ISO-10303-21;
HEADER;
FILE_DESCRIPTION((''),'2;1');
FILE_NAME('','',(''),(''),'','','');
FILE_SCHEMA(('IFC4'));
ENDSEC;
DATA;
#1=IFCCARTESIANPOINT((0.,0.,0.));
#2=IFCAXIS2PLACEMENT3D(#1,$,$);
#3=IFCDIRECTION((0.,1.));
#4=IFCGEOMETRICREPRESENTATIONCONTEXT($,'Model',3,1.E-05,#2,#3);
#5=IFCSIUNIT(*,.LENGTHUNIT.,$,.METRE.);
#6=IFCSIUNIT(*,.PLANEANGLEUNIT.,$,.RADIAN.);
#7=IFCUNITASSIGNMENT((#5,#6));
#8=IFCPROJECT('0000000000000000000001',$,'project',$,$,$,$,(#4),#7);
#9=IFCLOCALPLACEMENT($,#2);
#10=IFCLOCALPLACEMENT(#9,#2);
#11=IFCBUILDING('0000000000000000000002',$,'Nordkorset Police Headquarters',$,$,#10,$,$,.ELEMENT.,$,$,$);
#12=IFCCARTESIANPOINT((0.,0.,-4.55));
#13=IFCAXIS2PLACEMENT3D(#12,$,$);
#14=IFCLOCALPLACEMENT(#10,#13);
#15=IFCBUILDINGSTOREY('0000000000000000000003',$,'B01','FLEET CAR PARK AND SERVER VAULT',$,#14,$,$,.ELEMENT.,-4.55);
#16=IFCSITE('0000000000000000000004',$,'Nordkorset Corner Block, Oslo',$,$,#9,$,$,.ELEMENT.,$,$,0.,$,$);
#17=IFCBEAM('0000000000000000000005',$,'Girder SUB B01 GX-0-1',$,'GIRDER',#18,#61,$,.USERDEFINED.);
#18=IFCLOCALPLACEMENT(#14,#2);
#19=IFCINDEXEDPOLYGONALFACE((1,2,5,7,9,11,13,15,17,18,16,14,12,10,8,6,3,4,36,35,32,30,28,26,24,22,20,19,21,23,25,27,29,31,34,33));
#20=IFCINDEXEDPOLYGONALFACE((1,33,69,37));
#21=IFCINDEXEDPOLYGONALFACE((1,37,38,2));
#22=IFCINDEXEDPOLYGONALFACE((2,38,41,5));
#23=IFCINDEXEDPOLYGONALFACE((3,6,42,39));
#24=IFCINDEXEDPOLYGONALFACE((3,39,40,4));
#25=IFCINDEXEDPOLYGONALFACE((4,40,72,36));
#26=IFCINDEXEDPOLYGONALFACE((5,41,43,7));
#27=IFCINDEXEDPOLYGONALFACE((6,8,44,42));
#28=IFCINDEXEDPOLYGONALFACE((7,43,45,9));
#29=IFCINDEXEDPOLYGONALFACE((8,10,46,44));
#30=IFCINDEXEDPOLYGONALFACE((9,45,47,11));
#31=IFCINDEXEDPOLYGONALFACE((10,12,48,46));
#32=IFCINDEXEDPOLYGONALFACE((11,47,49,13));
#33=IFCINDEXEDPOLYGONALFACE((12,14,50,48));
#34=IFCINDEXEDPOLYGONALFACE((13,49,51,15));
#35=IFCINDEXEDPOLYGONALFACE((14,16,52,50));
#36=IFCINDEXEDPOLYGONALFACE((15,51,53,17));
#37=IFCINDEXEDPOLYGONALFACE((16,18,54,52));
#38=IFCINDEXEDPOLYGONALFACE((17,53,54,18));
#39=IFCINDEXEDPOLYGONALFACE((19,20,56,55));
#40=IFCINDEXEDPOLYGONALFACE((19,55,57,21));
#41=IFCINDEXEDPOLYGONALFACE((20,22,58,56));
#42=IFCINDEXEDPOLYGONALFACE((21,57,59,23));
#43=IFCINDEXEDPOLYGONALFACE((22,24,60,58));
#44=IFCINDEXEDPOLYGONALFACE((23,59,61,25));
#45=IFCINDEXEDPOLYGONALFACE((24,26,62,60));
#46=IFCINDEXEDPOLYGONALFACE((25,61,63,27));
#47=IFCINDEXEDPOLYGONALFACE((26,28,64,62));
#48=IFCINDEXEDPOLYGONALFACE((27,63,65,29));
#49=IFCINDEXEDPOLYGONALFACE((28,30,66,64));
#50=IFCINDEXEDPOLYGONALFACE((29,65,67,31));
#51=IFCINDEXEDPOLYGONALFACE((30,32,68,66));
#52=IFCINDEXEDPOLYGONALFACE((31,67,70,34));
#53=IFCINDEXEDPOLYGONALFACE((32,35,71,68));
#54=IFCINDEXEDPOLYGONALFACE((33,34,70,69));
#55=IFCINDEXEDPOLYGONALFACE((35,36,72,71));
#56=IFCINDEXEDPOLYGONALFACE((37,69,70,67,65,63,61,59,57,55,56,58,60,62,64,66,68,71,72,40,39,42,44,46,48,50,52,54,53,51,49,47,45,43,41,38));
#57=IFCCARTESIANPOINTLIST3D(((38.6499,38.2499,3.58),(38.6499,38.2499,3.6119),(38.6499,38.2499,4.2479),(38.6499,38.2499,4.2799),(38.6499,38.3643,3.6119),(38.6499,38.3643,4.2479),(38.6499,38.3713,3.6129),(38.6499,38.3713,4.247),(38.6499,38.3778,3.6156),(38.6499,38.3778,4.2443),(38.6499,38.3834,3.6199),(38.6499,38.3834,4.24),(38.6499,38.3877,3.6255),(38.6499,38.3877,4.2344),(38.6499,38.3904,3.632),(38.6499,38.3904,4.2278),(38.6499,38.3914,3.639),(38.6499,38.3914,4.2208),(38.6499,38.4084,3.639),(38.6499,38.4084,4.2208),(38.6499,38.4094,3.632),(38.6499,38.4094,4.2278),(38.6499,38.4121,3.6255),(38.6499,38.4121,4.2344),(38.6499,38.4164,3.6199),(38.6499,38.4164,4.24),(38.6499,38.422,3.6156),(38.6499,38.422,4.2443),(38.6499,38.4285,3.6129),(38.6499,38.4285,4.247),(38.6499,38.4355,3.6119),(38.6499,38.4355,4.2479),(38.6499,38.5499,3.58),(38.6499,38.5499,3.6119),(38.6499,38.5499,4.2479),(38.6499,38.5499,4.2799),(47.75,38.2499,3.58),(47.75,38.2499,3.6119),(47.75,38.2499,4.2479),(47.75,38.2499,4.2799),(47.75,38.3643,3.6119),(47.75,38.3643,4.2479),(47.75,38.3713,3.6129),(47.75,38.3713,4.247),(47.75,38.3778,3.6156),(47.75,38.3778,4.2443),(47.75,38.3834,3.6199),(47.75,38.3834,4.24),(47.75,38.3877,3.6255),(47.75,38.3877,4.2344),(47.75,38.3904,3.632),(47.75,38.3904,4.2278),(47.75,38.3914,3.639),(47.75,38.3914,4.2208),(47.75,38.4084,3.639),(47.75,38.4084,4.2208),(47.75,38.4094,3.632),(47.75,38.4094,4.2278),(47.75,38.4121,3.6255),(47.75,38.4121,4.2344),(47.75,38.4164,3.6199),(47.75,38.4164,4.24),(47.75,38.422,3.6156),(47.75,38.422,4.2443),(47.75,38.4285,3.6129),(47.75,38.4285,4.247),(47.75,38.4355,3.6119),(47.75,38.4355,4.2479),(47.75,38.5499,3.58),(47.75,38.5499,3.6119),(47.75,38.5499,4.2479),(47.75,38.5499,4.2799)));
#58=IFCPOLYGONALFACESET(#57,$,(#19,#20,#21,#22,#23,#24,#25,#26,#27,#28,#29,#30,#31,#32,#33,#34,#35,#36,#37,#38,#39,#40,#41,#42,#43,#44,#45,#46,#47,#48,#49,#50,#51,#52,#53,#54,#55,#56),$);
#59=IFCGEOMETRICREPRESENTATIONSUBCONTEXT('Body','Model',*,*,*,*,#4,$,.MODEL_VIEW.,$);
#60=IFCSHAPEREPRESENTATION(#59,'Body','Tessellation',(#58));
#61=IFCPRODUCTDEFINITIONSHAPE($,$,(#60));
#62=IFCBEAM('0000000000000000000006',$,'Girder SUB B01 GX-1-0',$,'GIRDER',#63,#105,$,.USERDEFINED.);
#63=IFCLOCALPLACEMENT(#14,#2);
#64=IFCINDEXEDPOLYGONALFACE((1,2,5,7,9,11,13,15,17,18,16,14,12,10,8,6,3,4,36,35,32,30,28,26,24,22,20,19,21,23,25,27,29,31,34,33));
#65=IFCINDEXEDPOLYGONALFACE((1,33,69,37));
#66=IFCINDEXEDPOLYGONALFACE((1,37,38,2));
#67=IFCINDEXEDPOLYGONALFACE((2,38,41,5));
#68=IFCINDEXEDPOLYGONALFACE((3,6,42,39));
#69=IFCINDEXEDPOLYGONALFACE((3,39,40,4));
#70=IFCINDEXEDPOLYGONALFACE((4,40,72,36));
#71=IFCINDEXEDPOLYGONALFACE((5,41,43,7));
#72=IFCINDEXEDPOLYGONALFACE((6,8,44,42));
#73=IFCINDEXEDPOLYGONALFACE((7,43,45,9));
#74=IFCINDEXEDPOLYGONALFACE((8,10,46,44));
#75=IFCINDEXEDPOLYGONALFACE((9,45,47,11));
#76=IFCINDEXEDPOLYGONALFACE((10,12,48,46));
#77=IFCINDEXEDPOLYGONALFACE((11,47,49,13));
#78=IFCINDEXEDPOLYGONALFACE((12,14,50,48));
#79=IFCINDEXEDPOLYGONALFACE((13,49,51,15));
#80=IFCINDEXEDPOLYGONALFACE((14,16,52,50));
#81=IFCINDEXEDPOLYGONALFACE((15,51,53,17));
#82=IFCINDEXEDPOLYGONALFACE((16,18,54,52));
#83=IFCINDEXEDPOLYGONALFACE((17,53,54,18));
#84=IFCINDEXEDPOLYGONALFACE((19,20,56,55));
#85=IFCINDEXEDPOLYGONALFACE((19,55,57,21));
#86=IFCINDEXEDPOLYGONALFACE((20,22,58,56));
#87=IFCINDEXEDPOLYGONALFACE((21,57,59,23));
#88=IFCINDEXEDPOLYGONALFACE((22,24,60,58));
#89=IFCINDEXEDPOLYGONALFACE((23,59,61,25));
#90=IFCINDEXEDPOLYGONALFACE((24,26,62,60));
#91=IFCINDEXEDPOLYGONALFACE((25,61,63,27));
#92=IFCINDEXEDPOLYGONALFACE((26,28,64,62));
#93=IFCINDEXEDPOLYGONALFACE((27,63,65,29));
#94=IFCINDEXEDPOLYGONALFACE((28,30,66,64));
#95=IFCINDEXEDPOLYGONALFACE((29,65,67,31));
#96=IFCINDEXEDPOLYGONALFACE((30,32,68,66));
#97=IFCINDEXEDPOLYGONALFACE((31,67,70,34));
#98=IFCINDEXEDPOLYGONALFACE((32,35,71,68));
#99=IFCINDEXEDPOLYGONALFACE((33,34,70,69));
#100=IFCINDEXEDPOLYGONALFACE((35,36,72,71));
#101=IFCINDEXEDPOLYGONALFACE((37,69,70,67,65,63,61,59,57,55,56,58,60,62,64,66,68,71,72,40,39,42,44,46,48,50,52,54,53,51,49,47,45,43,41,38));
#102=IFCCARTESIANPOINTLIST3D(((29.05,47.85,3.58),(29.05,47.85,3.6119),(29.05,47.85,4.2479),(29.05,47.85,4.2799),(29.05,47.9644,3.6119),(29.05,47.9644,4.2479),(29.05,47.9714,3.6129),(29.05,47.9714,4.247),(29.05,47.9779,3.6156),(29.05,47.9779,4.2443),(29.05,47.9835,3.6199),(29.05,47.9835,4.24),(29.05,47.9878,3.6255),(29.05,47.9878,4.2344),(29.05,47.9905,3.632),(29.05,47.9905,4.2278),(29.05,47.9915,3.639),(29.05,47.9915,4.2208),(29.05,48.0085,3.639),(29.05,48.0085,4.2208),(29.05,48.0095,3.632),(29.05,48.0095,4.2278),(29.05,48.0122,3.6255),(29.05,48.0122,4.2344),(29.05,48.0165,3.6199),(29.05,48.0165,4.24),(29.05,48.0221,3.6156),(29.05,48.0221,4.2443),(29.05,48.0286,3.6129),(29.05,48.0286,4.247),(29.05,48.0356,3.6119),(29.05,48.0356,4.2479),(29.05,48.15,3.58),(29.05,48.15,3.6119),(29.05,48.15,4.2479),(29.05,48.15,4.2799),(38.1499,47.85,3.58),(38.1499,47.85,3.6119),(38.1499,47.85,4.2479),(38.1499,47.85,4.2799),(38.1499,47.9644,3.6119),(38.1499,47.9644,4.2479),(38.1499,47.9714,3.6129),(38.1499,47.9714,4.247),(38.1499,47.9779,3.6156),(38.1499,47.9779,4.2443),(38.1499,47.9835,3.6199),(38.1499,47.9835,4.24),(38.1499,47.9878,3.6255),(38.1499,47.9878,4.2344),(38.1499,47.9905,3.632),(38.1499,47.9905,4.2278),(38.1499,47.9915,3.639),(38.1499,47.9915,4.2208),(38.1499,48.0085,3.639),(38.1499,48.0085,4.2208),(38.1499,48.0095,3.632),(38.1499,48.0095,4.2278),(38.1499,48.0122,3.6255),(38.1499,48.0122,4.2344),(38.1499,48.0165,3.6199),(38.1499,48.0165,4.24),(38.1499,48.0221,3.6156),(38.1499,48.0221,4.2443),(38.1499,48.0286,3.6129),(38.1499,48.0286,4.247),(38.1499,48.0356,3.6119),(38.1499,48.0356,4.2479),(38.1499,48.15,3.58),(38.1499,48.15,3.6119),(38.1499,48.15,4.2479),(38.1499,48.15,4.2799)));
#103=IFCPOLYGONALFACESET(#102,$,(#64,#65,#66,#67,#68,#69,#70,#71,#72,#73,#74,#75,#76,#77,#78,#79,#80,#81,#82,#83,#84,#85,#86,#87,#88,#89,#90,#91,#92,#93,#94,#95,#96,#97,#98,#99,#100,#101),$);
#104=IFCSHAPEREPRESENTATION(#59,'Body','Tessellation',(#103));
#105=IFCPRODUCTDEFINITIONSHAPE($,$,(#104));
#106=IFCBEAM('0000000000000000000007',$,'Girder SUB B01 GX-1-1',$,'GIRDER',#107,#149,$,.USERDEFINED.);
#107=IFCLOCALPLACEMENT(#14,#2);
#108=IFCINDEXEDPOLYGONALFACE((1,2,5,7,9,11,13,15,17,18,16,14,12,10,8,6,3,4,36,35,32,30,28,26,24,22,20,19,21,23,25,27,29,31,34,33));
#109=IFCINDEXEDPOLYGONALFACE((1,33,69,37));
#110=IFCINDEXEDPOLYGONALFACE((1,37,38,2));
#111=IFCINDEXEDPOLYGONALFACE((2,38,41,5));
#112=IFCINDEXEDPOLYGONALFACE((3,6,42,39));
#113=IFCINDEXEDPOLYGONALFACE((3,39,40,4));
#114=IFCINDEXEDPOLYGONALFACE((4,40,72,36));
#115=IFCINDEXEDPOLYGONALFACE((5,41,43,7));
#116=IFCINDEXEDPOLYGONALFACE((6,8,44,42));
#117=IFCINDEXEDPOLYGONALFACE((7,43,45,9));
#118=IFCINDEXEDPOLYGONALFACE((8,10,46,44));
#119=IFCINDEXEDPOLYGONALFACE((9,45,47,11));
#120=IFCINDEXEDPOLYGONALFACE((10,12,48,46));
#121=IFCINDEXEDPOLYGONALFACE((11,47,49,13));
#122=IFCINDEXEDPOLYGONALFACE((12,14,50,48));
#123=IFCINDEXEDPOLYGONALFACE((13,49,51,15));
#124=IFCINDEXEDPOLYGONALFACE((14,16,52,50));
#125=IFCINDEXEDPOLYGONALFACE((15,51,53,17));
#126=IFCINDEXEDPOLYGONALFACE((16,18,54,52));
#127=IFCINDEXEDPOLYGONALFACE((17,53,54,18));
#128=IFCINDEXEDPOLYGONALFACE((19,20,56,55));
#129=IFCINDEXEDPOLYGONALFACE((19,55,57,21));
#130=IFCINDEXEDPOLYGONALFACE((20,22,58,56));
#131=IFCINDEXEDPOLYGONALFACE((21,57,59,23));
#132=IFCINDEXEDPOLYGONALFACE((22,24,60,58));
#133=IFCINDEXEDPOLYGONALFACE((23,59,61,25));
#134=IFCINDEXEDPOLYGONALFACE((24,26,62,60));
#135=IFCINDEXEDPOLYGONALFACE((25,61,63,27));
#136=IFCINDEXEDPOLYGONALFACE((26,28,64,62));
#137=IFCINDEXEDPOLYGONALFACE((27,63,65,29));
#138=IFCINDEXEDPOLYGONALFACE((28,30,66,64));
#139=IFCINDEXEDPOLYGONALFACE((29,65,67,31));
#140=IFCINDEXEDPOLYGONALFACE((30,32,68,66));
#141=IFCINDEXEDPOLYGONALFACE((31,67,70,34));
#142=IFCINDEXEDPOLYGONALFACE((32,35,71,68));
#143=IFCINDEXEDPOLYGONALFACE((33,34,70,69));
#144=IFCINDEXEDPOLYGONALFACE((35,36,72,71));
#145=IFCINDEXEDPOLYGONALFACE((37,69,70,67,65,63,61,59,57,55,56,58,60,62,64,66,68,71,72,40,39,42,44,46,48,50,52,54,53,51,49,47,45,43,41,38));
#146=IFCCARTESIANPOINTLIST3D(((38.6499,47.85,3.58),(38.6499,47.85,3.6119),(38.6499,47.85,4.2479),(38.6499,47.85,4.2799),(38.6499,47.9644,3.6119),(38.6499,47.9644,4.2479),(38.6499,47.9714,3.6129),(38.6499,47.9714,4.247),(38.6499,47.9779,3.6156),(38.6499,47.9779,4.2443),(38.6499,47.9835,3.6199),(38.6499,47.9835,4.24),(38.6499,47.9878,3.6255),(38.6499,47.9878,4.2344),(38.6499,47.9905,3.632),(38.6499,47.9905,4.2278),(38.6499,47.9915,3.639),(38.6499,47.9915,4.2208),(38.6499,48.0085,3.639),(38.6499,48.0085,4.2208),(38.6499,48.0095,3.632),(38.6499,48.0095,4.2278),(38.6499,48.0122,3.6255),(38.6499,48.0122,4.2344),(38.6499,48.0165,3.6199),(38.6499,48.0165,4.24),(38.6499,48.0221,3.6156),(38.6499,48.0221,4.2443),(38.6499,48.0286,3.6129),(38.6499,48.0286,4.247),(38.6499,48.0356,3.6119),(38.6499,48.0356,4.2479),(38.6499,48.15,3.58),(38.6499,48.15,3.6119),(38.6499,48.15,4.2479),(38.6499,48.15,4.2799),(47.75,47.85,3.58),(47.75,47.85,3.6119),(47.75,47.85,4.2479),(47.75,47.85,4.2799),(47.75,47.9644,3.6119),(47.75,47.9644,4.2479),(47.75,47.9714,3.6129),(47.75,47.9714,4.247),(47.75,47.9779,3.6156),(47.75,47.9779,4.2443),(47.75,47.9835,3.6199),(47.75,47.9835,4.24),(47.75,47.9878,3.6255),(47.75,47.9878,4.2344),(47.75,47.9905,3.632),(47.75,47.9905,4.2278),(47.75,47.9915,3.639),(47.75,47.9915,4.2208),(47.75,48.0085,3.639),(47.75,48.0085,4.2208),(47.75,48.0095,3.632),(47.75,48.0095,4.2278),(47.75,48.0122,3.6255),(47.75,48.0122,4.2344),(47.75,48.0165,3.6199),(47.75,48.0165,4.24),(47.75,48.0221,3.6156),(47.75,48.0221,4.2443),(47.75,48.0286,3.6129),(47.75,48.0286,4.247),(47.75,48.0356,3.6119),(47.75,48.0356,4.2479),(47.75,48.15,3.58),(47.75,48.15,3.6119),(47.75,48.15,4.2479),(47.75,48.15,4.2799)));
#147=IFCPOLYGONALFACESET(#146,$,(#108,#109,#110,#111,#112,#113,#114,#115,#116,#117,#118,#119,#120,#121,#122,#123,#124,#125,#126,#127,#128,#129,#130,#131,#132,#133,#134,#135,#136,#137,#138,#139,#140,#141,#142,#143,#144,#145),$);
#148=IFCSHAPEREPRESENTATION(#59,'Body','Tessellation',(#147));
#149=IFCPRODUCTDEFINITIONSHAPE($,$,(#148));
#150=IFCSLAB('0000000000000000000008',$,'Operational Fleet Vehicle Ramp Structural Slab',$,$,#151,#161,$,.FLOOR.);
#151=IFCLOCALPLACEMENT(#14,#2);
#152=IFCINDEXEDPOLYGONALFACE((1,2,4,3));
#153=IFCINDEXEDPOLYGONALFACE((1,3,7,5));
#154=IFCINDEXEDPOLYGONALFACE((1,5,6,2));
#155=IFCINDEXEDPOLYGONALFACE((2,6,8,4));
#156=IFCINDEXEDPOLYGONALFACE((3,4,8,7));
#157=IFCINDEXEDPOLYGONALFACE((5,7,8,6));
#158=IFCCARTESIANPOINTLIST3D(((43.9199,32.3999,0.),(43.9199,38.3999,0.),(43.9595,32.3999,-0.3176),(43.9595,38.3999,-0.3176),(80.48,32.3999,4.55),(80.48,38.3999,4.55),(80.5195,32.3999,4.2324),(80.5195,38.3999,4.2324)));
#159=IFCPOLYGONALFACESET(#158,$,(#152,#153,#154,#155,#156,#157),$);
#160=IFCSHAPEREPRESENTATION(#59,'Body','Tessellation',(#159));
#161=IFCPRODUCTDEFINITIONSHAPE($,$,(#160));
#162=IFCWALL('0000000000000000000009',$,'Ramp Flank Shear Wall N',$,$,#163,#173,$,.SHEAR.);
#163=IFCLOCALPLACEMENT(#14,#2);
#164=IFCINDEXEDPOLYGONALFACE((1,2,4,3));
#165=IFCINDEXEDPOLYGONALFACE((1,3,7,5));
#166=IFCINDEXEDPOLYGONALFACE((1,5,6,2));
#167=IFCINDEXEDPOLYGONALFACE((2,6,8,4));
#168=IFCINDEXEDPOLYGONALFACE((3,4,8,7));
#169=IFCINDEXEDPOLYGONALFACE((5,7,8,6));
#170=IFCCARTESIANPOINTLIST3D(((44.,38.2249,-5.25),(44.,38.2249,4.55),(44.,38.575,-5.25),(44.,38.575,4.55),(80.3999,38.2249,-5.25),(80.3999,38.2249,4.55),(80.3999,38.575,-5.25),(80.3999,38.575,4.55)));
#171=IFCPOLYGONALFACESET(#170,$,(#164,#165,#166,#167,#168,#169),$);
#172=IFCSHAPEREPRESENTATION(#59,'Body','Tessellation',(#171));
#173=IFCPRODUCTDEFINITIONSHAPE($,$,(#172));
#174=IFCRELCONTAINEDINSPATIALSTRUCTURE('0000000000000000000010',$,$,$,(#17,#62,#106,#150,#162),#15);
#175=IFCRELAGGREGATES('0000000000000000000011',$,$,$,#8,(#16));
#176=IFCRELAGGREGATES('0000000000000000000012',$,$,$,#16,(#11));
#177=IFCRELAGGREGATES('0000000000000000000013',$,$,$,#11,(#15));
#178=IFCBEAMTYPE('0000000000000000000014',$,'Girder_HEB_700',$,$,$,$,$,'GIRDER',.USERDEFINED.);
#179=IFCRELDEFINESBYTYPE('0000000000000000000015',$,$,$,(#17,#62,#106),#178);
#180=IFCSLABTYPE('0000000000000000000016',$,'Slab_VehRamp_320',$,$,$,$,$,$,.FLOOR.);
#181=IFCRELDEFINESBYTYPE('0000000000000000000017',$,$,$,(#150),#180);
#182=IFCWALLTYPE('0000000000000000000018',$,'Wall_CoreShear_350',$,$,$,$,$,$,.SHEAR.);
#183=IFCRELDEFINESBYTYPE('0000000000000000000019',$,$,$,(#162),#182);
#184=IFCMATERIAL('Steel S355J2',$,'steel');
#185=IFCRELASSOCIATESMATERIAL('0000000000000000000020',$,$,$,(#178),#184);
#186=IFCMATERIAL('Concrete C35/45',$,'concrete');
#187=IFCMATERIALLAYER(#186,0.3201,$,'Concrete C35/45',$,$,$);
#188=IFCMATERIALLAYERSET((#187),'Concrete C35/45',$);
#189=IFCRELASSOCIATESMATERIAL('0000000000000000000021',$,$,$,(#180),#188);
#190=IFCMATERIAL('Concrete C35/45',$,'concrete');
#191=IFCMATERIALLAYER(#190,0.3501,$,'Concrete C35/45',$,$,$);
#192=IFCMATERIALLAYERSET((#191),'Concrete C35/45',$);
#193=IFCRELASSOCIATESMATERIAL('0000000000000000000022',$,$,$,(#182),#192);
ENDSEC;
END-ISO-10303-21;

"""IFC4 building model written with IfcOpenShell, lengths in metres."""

from ifc_helpers import new_model, si_unit, direction, frame, frame_2d, origin, origin_2d, place, context, subcontext, project, spatial, polyline, rectangle, i_section, outline, extrude, material, layer, layer_set, material_profile, profile_set, type_object, element, save


model = new_model("IFC4")

# Units and contexts
model_context = context("Model", 3, precision=1e-05, world=origin(), true_north=direction((0.0, 1.0)))
body_context = subcontext(model_context, "Body", "Model", "MODEL_VIEW")
ifc_project = project(units=[si_unit("LENGTHUNIT", "METRE"), si_unit("PLANEANGLEUNIT", "RADIAN")], contexts=[model_context])

# Site, building, storey
site_placement = place(None, origin())
site = spatial("IfcSite", under=ifc_project, at=site_placement, Name="Nordkorset Corner Block, Oslo", CompositionType="ELEMENT", RefElevation=0.0)
building_placement = place(site_placement, origin())
building = spatial("IfcBuilding", under=site, at=building_placement, Name="Nordkorset Police Headquarters", CompositionType="ELEMENT")
storey_placement = place(building_placement, frame((0.0, 0.0, -4.55)))
storey = spatial("IfcBuildingStorey", under=building, at=storey_placement, Name="B01", Description="FLEET CAR PARK AND SERVER VAULT", CompositionType="ELEMENT", Elevation=-4.55)

# Beams
ifc_material_1 = material(Name="Steel S355J2", Category="steel")
ifc_material_profile_1 = material_profile(ifc_material_1, i_section(OverallWidth=0.3, OverallDepth=0.7, WebThickness=0.0171, FlangeThickness=0.032, FilletRadius=0.0271, at=origin_2d()), Name="HEB 700")
ifc_profile_set_1 = profile_set([ifc_material_profile_1], Name="Steel S355J2")
beam_type_1 = type_object("IfcBeamType", Name="Girder_HEB_700", ElementType="GIRDER", PredefinedType="USERDEFINED", material=ifc_profile_set_1)
beam_1_placement = place(storey_placement, frame((38.6499, 38.3999, 3.9299), z_axis=(1.0, 0.0, 0.0), x_axis=(0.0, 1.0, 0.0)))
element("IfcBeam", 1, at=beam_1_placement, inside=storey, type_object=beam_type_1, Name="Girder SUB B01 GX-0-1", ObjectType="GIRDER", PredefinedType="USERDEFINED", context=body_context, shape_type="SweptSolid", body=[
    extrude(i_section(OverallWidth=0.3, OverallDepth=0.7, WebThickness=0.0171, FlangeThickness=0.032, FilletRadius=0.0271, at=origin_2d()), origin(), (0.0, 0.0, 1.0), 9.1001),
])
beam_2_placement = place(storey_placement, frame((29.05, 48.0, 3.9299), z_axis=(1.0, 0.0, 0.0), x_axis=(0.0, 1.0, 0.0)))
element("IfcBeam", 2, at=beam_2_placement, inside=storey, type_object=beam_type_1, Name="Girder SUB B01 GX-1-0", ObjectType="GIRDER", PredefinedType="USERDEFINED", context=body_context, shape_type="SweptSolid", body=[
    extrude(i_section(OverallWidth=0.3, OverallDepth=0.7, WebThickness=0.0171, FlangeThickness=0.032, FilletRadius=0.0271, at=origin_2d()), origin(), (0.0, 0.0, 1.0), 9.0999),
])
beam_3_placement = place(storey_placement, frame((38.6499, 48.0, 3.9299), z_axis=(1.0, 0.0, 0.0), x_axis=(0.0, 1.0, 0.0)))
element("IfcBeam", 3, at=beam_3_placement, inside=storey, type_object=beam_type_1, Name="Girder SUB B01 GX-1-1", ObjectType="GIRDER", PredefinedType="USERDEFINED", context=body_context, shape_type="SweptSolid", body=[
    extrude(i_section(OverallWidth=0.3, OverallDepth=0.7, WebThickness=0.0171, FlangeThickness=0.032, FilletRadius=0.0271, at=origin_2d()), origin(), (0.0, 0.0, 1.0), 9.1001),
])

# Slab
ifc_material_2 = material(Name="Concrete C35/45", Category="concrete")
ifc_layer_1 = layer(ifc_material_2, 0.3201, Name="Concrete C35/45")
ifc_layer_set_1 = layer_set([ifc_layer_1], Name="Concrete C35/45")
slab_type = type_object("IfcSlabType", Name="Slab_VehRamp_320", PredefinedType="FLOOR", material=ifc_layer_set_1)
slab_placement = place(storey_placement, frame((43.9199, 32.3999, 0.0), z_axis=(-0.123501, 0.0, 0.992344), x_axis=(0.992344, 0.0, 0.123501)))
element("IfcSlab", 4, at=slab_placement, inside=storey, type_object=slab_type, Name="Operational Fleet Vehicle Ramp Structural Slab", PredefinedType="FLOOR", context=body_context, shape_type="SweptSolid", body=[
    extrude(outline(polyline([(0.0, 0.0), (36.8421, 0.0), (36.8421, 6.0), (0.0, 6.0), (0.0, 0.0)])), origin(), (0.0, 0.0, -1.0), 0.3201),
])

# Wall
ifc_material_3 = material(Name="Concrete C35/45", Category="concrete")
ifc_layer_2 = layer(ifc_material_3, 0.3501, Name="Concrete C35/45")
ifc_layer_set_2 = layer_set([ifc_layer_2], Name="Concrete C35/45")
wall_type = type_object("IfcWallType", Name="Wall_CoreShear_350", PredefinedType="SHEAR", material=ifc_layer_set_2)
wall_placement = place(storey_placement, frame((44.0, 38.3999, -5.25), z_axis=(0.0, 0.0, 1.0), x_axis=(1.0, 0.0, 0.0)))
element("IfcWall", 5, at=wall_placement, inside=storey, type_object=wall_type, Name="Ramp Flank Shear Wall N", PredefinedType="SHEAR", context=body_context, shape_type="SweptSolid", body=[
    extrude(rectangle(XDim=36.3999, YDim=0.3501, at=frame_2d((18.2, 0.0))), origin(), (0.0, 0.0, 1.0), 9.8),
])

save(model, "model.ifc")
